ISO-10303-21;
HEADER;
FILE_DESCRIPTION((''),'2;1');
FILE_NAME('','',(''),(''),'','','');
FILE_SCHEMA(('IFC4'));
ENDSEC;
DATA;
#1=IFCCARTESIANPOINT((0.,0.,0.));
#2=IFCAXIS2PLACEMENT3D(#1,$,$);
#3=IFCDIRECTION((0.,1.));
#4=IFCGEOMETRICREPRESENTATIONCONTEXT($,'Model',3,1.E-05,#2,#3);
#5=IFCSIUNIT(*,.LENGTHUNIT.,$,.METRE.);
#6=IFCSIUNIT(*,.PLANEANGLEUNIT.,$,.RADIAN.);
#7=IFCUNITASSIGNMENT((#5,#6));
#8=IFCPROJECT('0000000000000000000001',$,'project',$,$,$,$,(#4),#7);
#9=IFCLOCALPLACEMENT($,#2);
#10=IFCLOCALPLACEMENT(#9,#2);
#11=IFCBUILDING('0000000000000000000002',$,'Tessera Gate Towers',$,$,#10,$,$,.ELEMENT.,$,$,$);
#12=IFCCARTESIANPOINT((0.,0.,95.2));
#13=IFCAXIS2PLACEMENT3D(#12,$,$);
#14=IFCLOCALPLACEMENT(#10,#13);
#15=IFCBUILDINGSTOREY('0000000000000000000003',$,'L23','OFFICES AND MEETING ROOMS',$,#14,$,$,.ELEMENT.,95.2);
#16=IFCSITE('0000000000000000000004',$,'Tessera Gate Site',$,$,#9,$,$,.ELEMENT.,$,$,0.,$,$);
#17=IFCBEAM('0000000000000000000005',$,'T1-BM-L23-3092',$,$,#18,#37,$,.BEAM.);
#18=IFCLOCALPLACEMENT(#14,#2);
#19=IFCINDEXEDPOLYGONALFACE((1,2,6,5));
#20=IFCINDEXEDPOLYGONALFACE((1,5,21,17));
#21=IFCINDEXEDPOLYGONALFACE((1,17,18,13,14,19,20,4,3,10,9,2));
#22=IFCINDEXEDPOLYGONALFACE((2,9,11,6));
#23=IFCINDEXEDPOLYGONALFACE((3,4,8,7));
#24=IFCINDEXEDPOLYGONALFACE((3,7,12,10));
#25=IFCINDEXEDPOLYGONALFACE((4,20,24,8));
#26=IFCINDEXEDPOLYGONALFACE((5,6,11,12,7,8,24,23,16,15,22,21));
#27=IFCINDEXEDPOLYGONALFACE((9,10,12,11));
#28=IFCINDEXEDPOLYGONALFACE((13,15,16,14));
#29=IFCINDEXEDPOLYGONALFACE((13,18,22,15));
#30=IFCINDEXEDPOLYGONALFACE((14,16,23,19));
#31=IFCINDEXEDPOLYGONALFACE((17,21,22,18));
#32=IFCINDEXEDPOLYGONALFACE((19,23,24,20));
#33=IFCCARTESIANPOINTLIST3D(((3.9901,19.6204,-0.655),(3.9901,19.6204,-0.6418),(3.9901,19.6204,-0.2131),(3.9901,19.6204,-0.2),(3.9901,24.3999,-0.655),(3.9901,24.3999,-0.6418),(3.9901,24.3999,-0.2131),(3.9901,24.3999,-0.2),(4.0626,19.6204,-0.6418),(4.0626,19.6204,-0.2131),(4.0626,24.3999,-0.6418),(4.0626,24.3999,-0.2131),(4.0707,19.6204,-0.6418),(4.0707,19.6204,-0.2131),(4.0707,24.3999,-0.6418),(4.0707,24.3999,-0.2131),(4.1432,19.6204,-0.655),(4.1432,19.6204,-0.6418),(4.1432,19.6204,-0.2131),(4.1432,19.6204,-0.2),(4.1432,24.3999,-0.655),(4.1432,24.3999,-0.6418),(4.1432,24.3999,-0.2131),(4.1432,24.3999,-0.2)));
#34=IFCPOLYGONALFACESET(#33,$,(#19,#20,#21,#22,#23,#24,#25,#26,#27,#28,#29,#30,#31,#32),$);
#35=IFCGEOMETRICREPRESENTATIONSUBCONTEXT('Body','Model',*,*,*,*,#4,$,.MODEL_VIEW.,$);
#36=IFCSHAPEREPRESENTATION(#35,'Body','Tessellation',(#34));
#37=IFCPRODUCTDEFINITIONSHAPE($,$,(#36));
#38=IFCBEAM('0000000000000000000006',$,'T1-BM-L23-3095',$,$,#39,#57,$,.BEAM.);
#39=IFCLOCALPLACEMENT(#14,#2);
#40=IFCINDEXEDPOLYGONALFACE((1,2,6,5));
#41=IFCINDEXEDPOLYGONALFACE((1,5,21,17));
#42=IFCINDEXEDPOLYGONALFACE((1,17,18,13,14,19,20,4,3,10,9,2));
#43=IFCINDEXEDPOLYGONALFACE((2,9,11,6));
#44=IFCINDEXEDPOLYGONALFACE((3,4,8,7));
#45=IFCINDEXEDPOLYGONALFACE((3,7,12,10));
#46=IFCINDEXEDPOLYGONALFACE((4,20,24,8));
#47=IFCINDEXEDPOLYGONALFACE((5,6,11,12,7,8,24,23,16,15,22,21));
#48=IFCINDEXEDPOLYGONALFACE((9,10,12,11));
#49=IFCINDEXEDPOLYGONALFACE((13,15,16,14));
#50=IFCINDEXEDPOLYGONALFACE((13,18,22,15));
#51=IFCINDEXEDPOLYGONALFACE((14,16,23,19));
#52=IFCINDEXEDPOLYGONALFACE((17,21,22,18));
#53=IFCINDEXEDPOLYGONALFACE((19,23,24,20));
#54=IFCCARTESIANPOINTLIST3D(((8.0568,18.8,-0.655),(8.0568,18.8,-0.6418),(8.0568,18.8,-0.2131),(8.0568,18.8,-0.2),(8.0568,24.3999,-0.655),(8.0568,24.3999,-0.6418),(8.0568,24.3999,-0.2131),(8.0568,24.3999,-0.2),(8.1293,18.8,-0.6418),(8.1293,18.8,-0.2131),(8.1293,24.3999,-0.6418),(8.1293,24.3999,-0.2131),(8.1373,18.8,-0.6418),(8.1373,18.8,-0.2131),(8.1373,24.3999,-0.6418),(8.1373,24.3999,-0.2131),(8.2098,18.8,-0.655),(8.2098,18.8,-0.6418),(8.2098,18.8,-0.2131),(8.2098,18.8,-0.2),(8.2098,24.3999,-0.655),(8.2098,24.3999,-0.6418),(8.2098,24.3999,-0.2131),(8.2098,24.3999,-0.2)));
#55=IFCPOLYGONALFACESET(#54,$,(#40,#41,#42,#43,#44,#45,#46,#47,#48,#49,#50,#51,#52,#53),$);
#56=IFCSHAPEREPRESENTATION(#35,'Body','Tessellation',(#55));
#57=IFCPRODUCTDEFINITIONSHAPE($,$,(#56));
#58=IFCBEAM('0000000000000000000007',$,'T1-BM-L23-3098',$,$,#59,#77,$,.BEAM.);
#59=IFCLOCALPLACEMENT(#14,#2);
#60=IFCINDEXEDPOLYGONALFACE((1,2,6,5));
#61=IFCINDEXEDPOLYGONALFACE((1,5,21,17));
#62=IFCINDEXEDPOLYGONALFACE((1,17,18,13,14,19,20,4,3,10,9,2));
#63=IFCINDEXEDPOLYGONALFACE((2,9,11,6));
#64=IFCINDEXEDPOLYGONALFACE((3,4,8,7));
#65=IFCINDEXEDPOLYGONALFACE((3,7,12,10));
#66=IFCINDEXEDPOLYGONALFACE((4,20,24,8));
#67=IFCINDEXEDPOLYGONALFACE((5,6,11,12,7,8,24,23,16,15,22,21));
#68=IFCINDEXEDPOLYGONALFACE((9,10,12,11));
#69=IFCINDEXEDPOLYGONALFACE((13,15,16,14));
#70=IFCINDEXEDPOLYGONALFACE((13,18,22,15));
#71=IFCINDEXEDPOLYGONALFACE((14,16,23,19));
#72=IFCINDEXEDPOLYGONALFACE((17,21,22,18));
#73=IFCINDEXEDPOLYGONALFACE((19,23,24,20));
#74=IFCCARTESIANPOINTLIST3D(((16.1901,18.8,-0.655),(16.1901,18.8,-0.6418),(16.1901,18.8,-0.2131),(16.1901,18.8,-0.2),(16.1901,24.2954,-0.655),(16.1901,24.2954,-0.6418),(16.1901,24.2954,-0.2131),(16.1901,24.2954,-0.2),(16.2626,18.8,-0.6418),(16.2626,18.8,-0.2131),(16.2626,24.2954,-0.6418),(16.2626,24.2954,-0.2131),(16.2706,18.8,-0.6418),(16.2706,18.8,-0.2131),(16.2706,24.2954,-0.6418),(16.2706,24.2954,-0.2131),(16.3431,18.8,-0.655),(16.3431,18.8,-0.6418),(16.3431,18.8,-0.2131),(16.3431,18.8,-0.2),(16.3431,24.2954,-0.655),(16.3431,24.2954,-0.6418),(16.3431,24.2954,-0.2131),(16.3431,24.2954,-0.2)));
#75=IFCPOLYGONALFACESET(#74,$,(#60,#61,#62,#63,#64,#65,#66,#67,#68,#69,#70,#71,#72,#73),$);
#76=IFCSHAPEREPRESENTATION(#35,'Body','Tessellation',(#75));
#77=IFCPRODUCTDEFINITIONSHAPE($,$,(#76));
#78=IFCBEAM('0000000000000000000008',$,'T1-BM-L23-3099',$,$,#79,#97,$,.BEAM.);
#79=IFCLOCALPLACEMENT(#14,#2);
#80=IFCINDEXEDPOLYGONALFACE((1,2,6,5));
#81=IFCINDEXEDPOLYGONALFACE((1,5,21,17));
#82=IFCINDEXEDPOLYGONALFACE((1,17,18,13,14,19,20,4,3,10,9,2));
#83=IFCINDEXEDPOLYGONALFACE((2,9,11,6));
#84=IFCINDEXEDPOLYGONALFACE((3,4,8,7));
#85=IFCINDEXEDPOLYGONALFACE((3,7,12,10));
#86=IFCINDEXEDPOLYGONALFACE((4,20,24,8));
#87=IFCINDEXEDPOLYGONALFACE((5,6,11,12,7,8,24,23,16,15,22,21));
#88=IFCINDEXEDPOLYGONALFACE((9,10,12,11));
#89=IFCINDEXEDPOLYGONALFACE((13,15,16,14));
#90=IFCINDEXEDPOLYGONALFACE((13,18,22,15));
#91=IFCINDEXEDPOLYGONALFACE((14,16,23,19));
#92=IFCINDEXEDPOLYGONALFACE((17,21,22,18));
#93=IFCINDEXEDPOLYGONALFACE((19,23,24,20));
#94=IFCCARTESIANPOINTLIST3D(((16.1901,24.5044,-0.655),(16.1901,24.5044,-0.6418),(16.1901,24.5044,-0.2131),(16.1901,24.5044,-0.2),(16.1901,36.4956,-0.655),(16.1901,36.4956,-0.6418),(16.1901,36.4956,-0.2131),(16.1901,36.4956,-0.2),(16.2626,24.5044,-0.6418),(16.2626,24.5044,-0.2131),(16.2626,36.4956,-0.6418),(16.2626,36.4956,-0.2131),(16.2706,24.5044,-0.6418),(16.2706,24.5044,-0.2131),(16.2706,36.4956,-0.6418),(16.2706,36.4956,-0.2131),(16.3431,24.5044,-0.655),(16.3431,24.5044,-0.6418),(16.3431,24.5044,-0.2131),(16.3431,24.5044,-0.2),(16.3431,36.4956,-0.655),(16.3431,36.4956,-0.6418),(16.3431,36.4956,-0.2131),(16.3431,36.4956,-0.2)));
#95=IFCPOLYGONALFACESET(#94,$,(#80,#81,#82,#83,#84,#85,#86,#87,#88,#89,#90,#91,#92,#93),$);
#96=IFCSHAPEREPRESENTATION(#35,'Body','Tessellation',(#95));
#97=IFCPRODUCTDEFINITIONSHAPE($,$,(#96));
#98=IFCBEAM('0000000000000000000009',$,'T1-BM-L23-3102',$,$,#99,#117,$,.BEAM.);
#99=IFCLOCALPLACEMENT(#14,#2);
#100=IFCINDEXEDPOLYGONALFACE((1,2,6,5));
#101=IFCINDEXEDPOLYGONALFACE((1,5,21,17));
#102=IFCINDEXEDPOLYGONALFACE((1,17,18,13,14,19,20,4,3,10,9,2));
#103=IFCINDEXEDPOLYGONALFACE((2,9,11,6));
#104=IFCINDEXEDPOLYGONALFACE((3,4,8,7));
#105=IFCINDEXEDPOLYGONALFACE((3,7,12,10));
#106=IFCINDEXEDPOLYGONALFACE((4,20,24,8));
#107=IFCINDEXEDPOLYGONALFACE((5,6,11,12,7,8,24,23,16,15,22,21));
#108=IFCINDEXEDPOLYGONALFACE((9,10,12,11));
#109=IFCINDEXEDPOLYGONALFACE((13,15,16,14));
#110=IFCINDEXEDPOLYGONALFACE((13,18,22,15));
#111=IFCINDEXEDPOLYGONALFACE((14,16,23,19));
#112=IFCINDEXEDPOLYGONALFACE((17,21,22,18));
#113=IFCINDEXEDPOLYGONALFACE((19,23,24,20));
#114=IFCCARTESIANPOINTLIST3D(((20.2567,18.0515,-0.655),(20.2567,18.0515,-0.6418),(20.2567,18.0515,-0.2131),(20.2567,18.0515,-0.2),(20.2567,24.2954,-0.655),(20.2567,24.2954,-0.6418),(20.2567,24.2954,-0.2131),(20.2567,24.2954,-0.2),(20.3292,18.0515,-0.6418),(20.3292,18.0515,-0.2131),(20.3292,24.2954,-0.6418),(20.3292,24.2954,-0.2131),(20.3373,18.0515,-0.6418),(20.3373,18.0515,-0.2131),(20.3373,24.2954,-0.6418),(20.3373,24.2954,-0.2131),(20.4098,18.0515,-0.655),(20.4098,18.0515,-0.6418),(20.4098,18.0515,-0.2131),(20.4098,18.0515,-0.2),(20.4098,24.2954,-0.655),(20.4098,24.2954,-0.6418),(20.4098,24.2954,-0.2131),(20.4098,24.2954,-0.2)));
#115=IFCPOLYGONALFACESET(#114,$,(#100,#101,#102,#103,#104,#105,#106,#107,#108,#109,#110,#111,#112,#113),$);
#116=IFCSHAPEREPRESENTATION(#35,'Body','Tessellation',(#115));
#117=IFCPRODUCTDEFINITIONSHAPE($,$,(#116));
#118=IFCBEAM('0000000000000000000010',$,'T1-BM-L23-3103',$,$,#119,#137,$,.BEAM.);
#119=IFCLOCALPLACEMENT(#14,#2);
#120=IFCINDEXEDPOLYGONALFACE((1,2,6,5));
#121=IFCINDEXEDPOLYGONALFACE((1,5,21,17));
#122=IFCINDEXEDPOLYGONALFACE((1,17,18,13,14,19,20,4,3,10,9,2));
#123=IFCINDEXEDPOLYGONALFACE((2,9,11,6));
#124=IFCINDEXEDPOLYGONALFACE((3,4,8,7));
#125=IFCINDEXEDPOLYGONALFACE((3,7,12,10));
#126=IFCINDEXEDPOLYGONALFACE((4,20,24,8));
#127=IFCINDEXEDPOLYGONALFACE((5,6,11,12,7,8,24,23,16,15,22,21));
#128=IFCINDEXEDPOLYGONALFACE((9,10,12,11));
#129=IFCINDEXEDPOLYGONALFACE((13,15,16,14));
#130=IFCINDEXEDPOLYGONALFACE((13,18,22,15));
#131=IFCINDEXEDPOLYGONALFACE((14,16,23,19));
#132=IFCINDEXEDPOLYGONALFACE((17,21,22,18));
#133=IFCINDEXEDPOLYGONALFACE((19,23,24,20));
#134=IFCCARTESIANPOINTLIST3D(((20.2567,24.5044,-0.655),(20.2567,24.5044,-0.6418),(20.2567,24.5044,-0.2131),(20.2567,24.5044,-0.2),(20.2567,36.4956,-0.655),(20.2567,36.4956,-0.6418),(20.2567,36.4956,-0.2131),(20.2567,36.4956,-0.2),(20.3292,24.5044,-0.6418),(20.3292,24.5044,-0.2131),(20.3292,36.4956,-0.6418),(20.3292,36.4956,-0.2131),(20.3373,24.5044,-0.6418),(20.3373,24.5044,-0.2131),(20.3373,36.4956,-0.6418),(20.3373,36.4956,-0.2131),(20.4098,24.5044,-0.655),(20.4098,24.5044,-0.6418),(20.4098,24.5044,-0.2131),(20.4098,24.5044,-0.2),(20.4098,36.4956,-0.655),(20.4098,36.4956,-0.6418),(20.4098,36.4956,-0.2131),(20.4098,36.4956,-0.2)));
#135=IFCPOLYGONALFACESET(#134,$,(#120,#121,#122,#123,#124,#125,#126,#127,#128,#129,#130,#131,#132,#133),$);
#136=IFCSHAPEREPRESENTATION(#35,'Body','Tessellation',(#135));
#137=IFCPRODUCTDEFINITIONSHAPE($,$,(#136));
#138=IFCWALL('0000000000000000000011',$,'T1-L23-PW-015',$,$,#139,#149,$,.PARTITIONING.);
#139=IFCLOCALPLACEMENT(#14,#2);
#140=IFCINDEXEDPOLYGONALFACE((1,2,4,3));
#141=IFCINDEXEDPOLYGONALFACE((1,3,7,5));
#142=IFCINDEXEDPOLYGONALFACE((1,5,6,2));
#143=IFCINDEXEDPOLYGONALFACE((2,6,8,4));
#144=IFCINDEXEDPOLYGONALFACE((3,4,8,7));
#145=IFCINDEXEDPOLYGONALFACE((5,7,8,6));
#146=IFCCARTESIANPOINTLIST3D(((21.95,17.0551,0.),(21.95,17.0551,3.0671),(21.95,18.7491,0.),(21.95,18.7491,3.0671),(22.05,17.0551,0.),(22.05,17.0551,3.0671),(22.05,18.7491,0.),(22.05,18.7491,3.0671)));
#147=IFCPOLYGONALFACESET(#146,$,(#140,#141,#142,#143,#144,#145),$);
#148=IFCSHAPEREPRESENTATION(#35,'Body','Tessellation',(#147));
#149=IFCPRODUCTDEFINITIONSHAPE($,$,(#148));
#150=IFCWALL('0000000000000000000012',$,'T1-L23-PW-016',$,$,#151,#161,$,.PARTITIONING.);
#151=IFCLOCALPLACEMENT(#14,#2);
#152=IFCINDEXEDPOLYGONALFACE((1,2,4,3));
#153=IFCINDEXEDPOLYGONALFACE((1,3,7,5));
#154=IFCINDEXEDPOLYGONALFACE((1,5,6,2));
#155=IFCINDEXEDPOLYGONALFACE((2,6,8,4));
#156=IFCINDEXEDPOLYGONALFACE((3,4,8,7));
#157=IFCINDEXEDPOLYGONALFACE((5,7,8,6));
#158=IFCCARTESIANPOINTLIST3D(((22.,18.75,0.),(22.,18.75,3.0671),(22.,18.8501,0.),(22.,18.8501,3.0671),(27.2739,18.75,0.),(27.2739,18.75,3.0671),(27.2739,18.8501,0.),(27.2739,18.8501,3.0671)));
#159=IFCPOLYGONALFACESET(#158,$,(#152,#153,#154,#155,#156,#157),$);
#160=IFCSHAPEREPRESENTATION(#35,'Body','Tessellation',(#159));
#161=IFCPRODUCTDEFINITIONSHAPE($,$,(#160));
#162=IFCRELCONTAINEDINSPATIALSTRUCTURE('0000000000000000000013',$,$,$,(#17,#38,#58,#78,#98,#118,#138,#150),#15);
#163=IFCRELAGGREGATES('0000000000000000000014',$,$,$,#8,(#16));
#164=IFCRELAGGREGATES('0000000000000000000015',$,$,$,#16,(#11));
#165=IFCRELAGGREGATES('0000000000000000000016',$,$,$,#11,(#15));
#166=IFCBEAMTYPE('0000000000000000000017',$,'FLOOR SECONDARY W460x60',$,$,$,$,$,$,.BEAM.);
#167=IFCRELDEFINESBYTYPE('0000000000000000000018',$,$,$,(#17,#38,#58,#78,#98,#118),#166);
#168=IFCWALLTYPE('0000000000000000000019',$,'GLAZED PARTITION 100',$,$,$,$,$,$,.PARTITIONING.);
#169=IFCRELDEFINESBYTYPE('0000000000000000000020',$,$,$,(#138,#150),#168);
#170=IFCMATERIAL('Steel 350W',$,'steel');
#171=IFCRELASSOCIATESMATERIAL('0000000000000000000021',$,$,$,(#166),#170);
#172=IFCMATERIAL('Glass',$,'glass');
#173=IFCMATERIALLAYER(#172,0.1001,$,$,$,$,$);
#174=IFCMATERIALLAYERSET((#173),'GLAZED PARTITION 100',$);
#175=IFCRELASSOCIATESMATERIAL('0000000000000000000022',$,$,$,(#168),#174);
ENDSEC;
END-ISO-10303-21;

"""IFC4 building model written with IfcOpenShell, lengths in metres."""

from ifc_helpers import new_model, si_unit, direction, frame, frame_2d, origin, origin_2d, place, context, subcontext, project, spatial, rectangle, i_section, extrude, material, layer, layer_set, material_profile, profile_set, type_object, element, save


model = new_model("IFC4")

# Units and contexts
model_context = context("Model", 3, precision=1e-05, world=origin(), true_north=direction((0.0, 1.0)))
body_context = subcontext(model_context, "Body", "Model", "MODEL_VIEW")
ifc_project = project(units=[si_unit("LENGTHUNIT", "METRE"), si_unit("PLANEANGLEUNIT", "RADIAN")], contexts=[model_context])

# Site, building, storey
site_placement = place(None, origin())
site = spatial("IfcSite", under=ifc_project, at=site_placement, Name="Tessera Gate Site", CompositionType="ELEMENT", RefElevation=0.0)
building_placement = place(site_placement, origin())
building = spatial("IfcBuilding", under=site, at=building_placement, Name="Tessera Gate Towers", CompositionType="ELEMENT")
storey_placement = place(building_placement, frame((0.0, 0.0, 95.2)))
storey = spatial("IfcBuildingStorey", under=building, at=storey_placement, Name="L23", Description="OFFICES AND MEETING ROOMS", CompositionType="ELEMENT", Elevation=95.2)

# Beams
ifc_material_1 = material(Name="Steel 350W", Category="steel")
ifc_material_profile_1 = material_profile(ifc_material_1, i_section(OverallWidth=0.1531, OverallDepth=0.4551, WebThickness=0.0081, FlangeThickness=0.0132, at=origin_2d()), Name="W460x60")
ifc_profile_set_1 = profile_set([ifc_material_profile_1], Name="Steel 350W")
beam_type_1 = type_object("IfcBeamType", Name="FLOOR SECONDARY W460x60", PredefinedType="BEAM", material=ifc_profile_set_1)
beam_1_placement = place(storey_placement, frame((4.0667, 19.6204, -0.4275), z_axis=(0.0, 1.0, 0.0), x_axis=(-1.0, 0.0, 0.0)))
element("IfcBeam", 1, at=beam_1_placement, inside=storey, type_object=beam_type_1, Name="T1-BM-L23-3092", PredefinedType="BEAM", context=body_context, shape_type="SweptSolid", body=[
    extrude(i_section(OverallWidth=0.1531, OverallDepth=0.4551, WebThickness=0.0081, FlangeThickness=0.0132, at=origin_2d()), origin(), (0.0, 0.0, 1.0), 4.7795),
])
beam_2_placement = place(storey_placement, frame((8.1333, 18.8, -0.4275), z_axis=(0.0, 1.0, 0.0), x_axis=(-1.0, 0.0, 0.0)))
element("IfcBeam", 2, at=beam_2_placement, inside=storey, type_object=beam_type_1, Name="T1-BM-L23-3095", PredefinedType="BEAM", context=body_context, shape_type="SweptSolid", body=[
    extrude(i_section(OverallWidth=0.1531, OverallDepth=0.4551, WebThickness=0.0081, FlangeThickness=0.0132, at=origin_2d()), origin(), (0.0, 0.0, 1.0), 5.5999),
])
beam_3_placement = place(storey_placement, frame((16.2666, 18.8, -0.4275), z_axis=(0.0, 1.0, 0.0), x_axis=(-1.0, 0.0, 0.0)))
element("IfcBeam", 3, at=beam_3_placement, inside=storey, type_object=beam_type_1, Name="T1-BM-L23-3098", PredefinedType="BEAM", context=body_context, shape_type="SweptSolid", body=[
    extrude(i_section(OverallWidth=0.1531, OverallDepth=0.4551, WebThickness=0.0081, FlangeThickness=0.0132, at=origin_2d()), origin(), (0.0, 0.0, 1.0), 5.4954),
])
beam_4_placement = place(storey_placement, frame((16.2666, 24.5044, -0.4275), z_axis=(0.0, 1.0, 0.0), x_axis=(-1.0, 0.0, 0.0)))
element("IfcBeam", 4, at=beam_4_placement, inside=storey, type_object=beam_type_1, Name="T1-BM-L23-3099", PredefinedType="BEAM", context=body_context, shape_type="SweptSolid", body=[
    extrude(i_section(OverallWidth=0.1531, OverallDepth=0.4551, WebThickness=0.0081, FlangeThickness=0.0132, at=origin_2d()), origin(), (0.0, 0.0, 1.0), 11.9912),
])
beam_5_placement = place(storey_placement, frame((20.3333, 18.0515, -0.4275), z_axis=(0.0, 1.0, 0.0), x_axis=(-1.0, 0.0, 0.0)))
element("IfcBeam", 5, at=beam_5_placement, inside=storey, type_object=beam_type_1, Name="T1-BM-L23-3102", PredefinedType="BEAM", context=body_context, shape_type="SweptSolid", body=[
    extrude(i_section(OverallWidth=0.1531, OverallDepth=0.4551, WebThickness=0.0081, FlangeThickness=0.0132, at=origin_2d()), origin(), (0.0, 0.0, 1.0), 6.2439),
])
beam_6_placement = place(storey_placement, frame((20.3333, 24.5044, -0.4275), z_axis=(0.0, 1.0, 0.0), x_axis=(-1.0, 0.0, 0.0)))
element("IfcBeam", 6, at=beam_6_placement, inside=storey, type_object=beam_type_1, Name="T1-BM-L23-3103", PredefinedType="BEAM", context=body_context, shape_type="SweptSolid", body=[
    extrude(i_section(OverallWidth=0.1531, OverallDepth=0.4551, WebThickness=0.0081, FlangeThickness=0.0132, at=origin_2d()), origin(), (0.0, 0.0, 1.0), 11.9912),
])

# Walls
ifc_material_2 = material(Name="Glass", Category="glass")
ifc_layer_1 = layer(ifc_material_2, 0.1001)
ifc_layer_set_1 = layer_set([ifc_layer_1], Name="GLAZED PARTITION 100")
wall_type_1 = type_object("IfcWallType", Name="GLAZED PARTITION 100", PredefinedType="PARTITIONING", material=ifc_layer_set_1)
wall_1_placement = place(storey_placement, frame((22.0, 17.0549, 0.0), z_axis=(0.0, 0.0, 1.0), x_axis=(0.0, 1.0, 0.0)))
element("IfcWall", 7, at=wall_1_placement, inside=storey, type_object=wall_type_1, Name="T1-L23-PW-015", PredefinedType="PARTITIONING", context=body_context, shape_type="SweptSolid", body=[
    extrude(rectangle(XDim=1.6941, YDim=0.1001, at=frame_2d((0.8472, 0.0))), origin(), (0.0, 0.0, 1.0), 3.0671),
])
wall_2_placement = place(storey_placement, frame((22.0, 18.8, 0.0), z_axis=(0.0, 0.0, 1.0), x_axis=(1.0, 0.0, 0.0)))
element("IfcWall", 8, at=wall_2_placement, inside=storey, type_object=wall_type_1, Name="T1-L23-PW-016", PredefinedType="PARTITIONING", context=body_context, shape_type="SweptSolid", body=[
    extrude(rectangle(XDim=5.2739, YDim=0.1001, at=frame_2d((2.637, 0.0))), origin(), (0.0, 0.0, 1.0), 3.0671),
])

save(model, "model.ifc")
